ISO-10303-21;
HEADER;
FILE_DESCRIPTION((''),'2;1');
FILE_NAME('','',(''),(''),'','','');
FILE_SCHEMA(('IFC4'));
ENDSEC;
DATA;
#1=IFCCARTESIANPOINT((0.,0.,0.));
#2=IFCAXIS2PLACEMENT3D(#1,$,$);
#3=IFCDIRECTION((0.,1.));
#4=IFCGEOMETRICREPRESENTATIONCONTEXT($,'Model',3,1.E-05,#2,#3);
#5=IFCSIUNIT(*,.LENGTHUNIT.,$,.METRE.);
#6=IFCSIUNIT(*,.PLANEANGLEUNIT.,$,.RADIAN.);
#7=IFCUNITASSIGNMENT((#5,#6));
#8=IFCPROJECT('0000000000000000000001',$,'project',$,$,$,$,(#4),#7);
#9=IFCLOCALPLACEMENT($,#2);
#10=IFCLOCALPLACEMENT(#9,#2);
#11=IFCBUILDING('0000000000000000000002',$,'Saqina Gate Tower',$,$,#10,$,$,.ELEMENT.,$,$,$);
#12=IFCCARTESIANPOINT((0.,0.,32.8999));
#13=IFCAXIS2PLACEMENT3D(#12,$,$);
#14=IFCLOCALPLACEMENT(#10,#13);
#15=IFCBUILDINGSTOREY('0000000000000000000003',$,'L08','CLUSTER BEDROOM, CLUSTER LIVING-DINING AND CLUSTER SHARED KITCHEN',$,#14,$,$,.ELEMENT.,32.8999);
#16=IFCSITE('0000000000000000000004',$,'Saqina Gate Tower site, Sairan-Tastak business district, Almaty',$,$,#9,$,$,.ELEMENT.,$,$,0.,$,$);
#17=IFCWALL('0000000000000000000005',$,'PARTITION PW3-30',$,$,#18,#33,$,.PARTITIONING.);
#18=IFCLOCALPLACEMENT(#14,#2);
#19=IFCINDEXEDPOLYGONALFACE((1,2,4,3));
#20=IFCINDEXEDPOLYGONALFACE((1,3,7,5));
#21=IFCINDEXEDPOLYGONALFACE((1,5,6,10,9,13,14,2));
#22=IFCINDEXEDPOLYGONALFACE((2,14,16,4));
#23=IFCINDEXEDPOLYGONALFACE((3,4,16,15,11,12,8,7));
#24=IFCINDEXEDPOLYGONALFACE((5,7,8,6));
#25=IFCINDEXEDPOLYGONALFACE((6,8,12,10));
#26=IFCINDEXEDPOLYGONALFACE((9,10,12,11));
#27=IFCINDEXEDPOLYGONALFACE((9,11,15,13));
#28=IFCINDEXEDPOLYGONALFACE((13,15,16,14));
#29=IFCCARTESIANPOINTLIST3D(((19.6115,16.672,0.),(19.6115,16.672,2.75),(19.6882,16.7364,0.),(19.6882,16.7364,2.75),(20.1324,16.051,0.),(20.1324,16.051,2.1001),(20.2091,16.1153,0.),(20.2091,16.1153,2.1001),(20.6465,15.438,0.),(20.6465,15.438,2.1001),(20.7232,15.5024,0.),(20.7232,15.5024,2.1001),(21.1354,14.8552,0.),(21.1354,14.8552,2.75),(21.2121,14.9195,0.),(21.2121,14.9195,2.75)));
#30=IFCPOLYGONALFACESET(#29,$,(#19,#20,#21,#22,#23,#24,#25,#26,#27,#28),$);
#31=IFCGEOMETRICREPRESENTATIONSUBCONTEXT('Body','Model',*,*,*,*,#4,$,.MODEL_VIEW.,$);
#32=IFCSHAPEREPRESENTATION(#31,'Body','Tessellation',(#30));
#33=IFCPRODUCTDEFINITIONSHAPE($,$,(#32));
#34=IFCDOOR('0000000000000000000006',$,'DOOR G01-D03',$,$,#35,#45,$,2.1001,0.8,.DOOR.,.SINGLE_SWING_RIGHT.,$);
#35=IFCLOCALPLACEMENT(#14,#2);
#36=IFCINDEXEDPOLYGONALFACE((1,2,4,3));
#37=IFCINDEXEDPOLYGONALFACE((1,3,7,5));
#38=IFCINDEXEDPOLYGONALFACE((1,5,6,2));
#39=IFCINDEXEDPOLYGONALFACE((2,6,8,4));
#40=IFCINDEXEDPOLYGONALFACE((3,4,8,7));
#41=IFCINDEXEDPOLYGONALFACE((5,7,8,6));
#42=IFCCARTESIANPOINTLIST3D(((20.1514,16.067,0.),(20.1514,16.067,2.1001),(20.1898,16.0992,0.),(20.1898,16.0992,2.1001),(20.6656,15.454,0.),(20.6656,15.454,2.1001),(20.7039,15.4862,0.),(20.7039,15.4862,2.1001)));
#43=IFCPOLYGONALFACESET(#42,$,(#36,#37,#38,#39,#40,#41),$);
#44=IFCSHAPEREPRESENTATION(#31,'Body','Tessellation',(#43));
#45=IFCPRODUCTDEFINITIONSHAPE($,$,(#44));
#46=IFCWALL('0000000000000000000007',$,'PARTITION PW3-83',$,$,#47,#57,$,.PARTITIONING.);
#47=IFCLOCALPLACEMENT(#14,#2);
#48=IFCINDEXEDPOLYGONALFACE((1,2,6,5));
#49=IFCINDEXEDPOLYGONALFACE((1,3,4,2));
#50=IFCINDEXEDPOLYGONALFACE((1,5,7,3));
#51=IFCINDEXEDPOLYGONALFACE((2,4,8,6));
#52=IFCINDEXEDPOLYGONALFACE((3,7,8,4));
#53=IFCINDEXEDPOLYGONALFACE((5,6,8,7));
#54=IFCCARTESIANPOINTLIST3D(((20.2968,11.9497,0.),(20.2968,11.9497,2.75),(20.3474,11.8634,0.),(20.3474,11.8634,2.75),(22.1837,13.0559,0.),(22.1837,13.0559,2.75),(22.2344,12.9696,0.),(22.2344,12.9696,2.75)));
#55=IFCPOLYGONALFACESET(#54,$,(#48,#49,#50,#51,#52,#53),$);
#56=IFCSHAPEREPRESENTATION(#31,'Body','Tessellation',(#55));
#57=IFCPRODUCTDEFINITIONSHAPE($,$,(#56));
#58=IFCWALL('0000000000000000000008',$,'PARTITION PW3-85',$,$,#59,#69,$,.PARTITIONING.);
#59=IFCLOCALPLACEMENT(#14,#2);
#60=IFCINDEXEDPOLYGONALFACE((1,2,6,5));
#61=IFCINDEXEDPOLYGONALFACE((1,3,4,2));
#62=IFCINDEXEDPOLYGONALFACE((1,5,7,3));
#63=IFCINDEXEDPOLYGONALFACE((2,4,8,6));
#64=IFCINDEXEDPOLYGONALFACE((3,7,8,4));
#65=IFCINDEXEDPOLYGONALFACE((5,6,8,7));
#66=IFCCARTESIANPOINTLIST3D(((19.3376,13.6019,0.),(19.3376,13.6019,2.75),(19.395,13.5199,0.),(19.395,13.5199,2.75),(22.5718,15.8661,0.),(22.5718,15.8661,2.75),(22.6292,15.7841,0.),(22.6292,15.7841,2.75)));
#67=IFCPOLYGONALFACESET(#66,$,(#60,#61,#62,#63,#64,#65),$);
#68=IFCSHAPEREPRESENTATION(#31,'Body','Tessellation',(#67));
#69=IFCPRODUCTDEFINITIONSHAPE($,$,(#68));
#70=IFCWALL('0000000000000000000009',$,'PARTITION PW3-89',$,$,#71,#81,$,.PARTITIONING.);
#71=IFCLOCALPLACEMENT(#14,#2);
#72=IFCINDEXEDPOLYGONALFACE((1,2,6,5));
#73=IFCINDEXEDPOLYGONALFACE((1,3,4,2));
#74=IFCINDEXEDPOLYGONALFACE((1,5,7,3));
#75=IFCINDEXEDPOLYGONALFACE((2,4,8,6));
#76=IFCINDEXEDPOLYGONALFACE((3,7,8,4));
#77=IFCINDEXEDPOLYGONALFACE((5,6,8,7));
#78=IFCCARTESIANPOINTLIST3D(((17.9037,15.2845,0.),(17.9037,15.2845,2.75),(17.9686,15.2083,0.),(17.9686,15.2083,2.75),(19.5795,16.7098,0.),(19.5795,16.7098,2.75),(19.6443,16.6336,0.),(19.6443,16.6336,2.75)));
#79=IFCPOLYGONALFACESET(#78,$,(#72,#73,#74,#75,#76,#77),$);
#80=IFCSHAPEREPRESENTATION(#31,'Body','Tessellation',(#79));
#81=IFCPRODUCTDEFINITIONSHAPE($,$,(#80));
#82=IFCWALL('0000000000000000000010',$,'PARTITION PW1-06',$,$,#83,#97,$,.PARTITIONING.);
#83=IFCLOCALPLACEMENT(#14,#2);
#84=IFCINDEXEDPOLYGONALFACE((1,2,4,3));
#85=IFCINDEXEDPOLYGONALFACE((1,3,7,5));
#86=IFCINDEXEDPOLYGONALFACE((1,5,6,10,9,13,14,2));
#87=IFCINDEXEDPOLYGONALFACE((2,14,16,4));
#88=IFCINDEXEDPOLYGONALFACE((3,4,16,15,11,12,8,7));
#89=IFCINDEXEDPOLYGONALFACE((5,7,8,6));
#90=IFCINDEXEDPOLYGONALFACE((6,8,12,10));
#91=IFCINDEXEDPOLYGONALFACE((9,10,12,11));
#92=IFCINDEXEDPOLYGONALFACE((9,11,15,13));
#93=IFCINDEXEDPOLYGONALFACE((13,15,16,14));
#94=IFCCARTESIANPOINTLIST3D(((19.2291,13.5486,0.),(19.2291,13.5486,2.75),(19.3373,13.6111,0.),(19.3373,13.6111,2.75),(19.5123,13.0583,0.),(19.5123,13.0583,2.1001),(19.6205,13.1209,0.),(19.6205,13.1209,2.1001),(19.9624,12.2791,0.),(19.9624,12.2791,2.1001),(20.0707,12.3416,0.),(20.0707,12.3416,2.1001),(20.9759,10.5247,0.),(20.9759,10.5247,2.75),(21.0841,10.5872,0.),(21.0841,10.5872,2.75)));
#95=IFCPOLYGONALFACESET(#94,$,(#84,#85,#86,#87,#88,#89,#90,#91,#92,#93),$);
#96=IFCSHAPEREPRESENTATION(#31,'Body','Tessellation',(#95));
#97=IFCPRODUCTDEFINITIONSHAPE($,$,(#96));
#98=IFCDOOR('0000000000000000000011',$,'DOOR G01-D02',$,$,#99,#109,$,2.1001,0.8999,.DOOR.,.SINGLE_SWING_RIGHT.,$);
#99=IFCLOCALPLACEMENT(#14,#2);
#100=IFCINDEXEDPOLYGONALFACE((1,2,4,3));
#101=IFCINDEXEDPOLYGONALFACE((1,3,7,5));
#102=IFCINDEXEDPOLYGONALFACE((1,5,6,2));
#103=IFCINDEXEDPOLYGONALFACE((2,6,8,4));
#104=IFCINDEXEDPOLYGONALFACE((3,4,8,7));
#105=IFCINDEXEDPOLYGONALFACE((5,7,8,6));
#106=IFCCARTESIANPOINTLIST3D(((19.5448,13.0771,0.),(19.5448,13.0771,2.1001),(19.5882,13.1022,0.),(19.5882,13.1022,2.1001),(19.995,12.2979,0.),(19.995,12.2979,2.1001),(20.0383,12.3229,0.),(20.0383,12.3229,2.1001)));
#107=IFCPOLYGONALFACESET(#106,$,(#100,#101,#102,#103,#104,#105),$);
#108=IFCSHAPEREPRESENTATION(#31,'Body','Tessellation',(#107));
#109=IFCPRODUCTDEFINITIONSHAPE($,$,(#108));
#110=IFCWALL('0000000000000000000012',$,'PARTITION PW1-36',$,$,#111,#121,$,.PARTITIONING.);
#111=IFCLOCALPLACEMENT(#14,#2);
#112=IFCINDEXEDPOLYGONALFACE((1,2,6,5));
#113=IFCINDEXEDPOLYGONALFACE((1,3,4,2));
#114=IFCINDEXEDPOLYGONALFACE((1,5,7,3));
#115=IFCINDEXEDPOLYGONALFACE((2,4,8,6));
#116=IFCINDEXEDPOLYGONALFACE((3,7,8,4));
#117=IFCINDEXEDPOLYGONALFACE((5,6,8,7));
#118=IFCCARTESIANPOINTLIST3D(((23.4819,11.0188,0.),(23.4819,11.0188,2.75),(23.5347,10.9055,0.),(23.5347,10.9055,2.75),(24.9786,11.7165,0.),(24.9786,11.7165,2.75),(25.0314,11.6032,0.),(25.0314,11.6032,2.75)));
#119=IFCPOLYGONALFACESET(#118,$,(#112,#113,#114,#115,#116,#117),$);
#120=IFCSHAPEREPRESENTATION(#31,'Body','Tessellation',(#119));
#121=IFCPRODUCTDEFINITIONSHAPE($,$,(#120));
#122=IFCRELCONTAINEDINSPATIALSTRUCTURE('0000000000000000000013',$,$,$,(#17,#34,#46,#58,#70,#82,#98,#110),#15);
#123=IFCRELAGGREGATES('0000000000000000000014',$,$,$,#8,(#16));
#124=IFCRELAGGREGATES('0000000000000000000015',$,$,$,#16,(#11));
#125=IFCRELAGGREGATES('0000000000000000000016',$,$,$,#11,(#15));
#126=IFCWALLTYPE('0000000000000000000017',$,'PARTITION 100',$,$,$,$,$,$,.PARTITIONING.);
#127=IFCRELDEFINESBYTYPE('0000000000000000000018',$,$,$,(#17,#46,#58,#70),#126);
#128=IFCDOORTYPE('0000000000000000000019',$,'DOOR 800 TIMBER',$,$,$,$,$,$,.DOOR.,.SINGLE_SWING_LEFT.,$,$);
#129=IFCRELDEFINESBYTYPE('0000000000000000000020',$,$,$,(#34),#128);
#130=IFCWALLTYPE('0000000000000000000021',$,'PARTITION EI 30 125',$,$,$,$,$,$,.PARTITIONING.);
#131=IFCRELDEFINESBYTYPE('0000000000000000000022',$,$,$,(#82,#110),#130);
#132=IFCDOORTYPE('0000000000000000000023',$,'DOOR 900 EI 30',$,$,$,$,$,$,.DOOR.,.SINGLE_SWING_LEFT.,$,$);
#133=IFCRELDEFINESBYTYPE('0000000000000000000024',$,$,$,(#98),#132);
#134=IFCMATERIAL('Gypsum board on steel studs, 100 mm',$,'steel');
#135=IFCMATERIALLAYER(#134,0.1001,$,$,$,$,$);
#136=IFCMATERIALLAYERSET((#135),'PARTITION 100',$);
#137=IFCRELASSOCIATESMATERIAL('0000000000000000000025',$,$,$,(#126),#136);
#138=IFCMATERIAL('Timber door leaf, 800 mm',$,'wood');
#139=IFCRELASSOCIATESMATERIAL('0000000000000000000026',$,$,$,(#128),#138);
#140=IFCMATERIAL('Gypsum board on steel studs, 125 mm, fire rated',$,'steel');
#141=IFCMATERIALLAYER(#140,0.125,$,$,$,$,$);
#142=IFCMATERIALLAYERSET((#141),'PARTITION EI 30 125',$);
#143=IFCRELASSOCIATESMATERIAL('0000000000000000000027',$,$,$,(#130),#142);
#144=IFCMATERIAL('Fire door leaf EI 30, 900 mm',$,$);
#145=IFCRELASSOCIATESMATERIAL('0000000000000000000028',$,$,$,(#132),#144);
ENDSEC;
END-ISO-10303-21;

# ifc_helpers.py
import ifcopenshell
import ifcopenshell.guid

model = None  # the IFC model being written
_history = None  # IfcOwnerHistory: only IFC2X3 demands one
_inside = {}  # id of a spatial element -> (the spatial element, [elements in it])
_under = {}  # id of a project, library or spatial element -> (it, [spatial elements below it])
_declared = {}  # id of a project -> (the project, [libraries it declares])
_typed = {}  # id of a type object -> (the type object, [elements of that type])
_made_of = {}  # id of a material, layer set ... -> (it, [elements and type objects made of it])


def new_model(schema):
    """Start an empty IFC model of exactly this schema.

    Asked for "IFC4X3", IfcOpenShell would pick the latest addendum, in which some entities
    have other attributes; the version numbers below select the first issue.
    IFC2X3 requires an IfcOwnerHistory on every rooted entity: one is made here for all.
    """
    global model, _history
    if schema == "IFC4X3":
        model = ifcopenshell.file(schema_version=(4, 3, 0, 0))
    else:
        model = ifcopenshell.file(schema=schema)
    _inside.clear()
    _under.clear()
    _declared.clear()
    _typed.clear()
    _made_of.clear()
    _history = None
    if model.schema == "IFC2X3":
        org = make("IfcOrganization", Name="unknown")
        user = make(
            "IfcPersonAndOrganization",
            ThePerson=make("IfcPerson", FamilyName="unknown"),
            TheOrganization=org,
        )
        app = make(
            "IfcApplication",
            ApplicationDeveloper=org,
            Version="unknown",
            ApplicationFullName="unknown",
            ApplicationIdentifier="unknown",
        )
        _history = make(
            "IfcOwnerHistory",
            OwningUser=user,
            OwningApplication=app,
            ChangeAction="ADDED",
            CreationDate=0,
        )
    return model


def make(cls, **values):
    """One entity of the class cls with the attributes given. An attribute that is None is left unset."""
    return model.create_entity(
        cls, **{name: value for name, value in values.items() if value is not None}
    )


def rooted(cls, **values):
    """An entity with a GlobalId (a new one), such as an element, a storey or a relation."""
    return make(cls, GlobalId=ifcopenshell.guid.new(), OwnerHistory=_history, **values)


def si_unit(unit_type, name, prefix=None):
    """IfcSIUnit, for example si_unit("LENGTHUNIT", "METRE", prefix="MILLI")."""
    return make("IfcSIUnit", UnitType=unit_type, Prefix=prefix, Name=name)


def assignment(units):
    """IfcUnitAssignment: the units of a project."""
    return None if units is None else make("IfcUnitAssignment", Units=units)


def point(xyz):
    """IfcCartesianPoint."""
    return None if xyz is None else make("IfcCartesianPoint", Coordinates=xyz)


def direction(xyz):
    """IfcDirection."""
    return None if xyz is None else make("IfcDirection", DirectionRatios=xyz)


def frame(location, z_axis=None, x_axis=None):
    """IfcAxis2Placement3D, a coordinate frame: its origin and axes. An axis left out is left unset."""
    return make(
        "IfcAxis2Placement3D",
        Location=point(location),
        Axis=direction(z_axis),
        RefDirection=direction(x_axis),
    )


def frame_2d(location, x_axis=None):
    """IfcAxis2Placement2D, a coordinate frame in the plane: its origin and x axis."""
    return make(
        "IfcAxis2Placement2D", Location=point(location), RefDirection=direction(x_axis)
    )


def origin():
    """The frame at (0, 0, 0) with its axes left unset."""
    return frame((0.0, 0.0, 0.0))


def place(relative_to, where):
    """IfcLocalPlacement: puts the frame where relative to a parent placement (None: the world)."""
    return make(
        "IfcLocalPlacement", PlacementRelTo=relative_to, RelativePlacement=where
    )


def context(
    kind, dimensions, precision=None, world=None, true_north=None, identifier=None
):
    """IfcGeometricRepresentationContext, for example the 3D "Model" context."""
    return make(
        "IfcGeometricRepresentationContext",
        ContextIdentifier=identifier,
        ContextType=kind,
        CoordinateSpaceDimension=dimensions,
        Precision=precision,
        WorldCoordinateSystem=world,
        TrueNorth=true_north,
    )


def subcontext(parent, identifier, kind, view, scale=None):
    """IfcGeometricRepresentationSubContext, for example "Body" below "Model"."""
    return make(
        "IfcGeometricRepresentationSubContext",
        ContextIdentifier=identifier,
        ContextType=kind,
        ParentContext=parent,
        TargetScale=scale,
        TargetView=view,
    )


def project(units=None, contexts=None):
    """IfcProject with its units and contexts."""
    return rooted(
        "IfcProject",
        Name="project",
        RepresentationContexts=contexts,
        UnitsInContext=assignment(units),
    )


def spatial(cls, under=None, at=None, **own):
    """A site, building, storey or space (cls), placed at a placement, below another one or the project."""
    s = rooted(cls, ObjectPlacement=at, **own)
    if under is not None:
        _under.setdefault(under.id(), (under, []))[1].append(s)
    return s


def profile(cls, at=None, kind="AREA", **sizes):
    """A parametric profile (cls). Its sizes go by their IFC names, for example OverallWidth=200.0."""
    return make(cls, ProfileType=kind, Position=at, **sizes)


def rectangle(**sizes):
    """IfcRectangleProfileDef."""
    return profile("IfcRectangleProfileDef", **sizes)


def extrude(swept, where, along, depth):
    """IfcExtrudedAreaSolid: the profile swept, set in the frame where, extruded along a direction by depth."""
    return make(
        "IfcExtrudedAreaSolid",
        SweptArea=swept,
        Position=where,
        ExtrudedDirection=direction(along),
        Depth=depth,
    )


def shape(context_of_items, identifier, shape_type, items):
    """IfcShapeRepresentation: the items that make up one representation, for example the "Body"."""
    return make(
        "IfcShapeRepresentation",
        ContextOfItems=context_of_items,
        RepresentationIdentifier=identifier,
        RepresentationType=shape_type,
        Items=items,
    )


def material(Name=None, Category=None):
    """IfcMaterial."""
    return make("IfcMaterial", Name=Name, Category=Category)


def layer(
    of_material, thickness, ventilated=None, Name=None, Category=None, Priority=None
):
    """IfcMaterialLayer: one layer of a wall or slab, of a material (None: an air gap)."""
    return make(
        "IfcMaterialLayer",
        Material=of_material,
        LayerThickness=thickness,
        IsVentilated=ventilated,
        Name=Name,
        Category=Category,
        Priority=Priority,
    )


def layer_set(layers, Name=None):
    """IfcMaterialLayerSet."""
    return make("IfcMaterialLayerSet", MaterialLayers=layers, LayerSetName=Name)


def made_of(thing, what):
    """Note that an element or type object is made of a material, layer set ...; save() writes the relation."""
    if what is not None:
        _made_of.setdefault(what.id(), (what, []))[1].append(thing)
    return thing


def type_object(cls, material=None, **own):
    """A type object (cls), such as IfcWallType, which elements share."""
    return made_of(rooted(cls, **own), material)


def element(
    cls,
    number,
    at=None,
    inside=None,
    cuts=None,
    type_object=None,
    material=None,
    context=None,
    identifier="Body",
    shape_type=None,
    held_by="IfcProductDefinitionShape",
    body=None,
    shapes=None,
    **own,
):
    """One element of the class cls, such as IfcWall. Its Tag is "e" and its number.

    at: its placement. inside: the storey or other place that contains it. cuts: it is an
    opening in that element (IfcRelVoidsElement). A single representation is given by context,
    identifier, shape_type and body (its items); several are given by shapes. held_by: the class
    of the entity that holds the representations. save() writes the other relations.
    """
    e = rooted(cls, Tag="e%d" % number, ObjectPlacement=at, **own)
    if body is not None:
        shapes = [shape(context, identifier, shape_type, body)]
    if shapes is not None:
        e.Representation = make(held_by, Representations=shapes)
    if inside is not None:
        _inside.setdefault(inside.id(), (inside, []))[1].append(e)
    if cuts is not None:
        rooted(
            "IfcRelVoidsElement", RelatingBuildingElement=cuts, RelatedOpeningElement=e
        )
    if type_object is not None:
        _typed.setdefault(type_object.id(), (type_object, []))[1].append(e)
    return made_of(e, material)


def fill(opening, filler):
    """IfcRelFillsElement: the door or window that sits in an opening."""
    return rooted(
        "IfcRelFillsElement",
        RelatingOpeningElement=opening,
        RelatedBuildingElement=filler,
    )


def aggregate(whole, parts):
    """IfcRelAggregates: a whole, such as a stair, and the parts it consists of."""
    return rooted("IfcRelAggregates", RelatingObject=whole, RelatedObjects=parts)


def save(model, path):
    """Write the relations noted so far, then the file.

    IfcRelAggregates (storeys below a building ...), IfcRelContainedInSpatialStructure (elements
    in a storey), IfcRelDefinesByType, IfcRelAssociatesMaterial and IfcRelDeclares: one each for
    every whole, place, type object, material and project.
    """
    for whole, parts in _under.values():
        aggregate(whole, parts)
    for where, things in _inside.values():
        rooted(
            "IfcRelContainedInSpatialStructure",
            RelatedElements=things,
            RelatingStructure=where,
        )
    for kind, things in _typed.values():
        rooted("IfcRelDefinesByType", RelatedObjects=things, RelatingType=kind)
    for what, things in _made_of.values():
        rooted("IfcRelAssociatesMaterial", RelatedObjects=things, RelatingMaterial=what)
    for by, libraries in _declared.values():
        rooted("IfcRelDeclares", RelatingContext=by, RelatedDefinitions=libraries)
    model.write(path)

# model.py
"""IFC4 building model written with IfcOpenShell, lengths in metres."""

from ifc_helpers import new_model, si_unit, direction, frame, frame_2d, origin, place, context, subcontext, project, spatial, rectangle, extrude, material, layer, layer_set, type_object, element, fill, save


model = new_model("IFC4")

# Units and contexts
model_context = context("Model", 3, precision=1e-05, world=origin(), true_north=direction((0.0, 1.0)))
body_context = subcontext(model_context, "Body", "Model", "MODEL_VIEW")
ifc_project = project(units=[si_unit("LENGTHUNIT", "METRE"), si_unit("PLANEANGLEUNIT", "RADIAN")], contexts=[model_context])

# Site, building, storey
site_placement = place(None, origin())
site = spatial("IfcSite", under=ifc_project, at=site_placement, Name="Saqina Gate Tower site, Sairan-Tastak business district, Almaty", CompositionType="ELEMENT", RefElevation=0.0)
building_placement = place(site_placement, origin())
building = spatial("IfcBuilding", under=site, at=building_placement, Name="Saqina Gate Tower", CompositionType="ELEMENT")
storey_placement = place(building_placement, frame((0.0, 0.0, 32.8999)))
storey = spatial("IfcBuildingStorey", under=building, at=storey_placement, Name="L08", Description="CLUSTER BEDROOM, CLUSTER LIVING-DINING AND CLUSTER SHARED KITCHEN", CompositionType="ELEMENT", Elevation=32.8999)

# Shared definitions
ifc_material_1 = material(Name="Gypsum board on steel studs, 100 mm", Category="steel")
ifc_layer_1 = layer(ifc_material_1, 0.1001)
ifc_layer_set_1 = layer_set([ifc_layer_1], Name="PARTITION 100")
wall_type_1 = type_object("IfcWallType", Name="PARTITION 100", PredefinedType="PARTITIONING", material=ifc_layer_set_1)
ifc_material_2 = material(Name="Timber door leaf, 800 mm", Category="wood")
door_type_1 = type_object("IfcDoorType", Name="DOOR 800 TIMBER", OperationType="SINGLE_SWING_LEFT", PredefinedType="DOOR", material=ifc_material_2)

# Wall, opening, door
wall_1_placement = place(storey_placement, frame((19.6499, 16.7041, 0.0), z_axis=(0.0, 0.0, 1.0), x_axis=(0.642632, -0.766175, 0.0)))
wall_1 = element("IfcWall", 1, at=wall_1_placement, inside=storey, type_object=wall_type_1, Name="PARTITION PW3-30", PredefinedType="PARTITIONING", context=body_context, shape_type="SweptSolid", body=[
    extrude(rectangle(XDim=2.3713, YDim=0.1001, at=frame_2d((1.1855, 0.0))), origin(), (0.0, 0.0, 1.0), 2.75),
])
opening_1_placement = place(wall_1_placement, frame((0.8105, 0.0, 0.0)))
opening_1 = element("IfcOpeningElement", 2, at=opening_1_placement, cuts=wall_1, PredefinedType="OPENING", context=body_context, shape_type="SweptSolid", body=[
    extrude(rectangle(XDim=0.8, YDim=2.1001, at=frame_2d((0.3999, 1.05))), frame((0.0, 0.062, 0.0), z_axis=(0.0, -1.0, 0.0), x_axis=(1.0, 0.0, 0.0)), (0.0, 0.0, 1.0), 0.124),
])
door_1_placement = place(opening_1_placement, origin())
door_1 = element("IfcDoor", 3, at=door_1_placement, inside=storey, type_object=door_type_1, Name="DOOR G01-D03", OperationType="SINGLE_SWING_RIGHT", OverallHeight=2.1001, OverallWidth=0.8, PredefinedType="DOOR", context=body_context, shape_type="SweptSolid", body=[
    extrude(rectangle(XDim=0.8, YDim=2.1001, at=frame_2d((0.3999, 1.05))), frame((0.0, 0.0249, 0.0), z_axis=(0.0, -1.0, 0.0), x_axis=(1.0, 0.0, 0.0)), (0.0, 0.0, 1.0), 0.05),
])
fill(opening_1, door_1)

# Walls
wall_2_placement = place(storey_placement, frame((20.322, 11.9065, 0.0), z_axis=(0.0, 0.0, 1.0), x_axis=(0.862688, 0.505737, 0.0)))
element("IfcWall", 4, at=wall_2_placement, inside=storey, type_object=wall_type_1, Name="PARTITION PW3-83", PredefinedType="PARTITIONING", context=body_context, shape_type="SweptSolid", body=[
    extrude(rectangle(XDim=2.1873, YDim=0.1001, at=frame_2d((1.0938, 0.0))), origin(), (0.0, 0.0, 1.0), 2.75),
])
wall_3_placement = place(storey_placement, frame((19.3662, 13.5608, 0.0), z_axis=(0.0, 0.0, 1.0), x_axis=(0.8192, 0.573508, 0.0)))
element("IfcWall", 5, at=wall_3_placement, inside=storey, type_object=wall_type_1, Name="PARTITION PW3-85", PredefinedType="PARTITIONING", context=body_context, shape_type="SweptSolid", body=[
    extrude(rectangle(XDim=3.948, YDim=0.1001, at=frame_2d((1.9741, 0.0))), origin(), (0.0, 0.0, 1.0), 2.75),
])
wall_4_placement = place(storey_placement, frame((17.936, 15.2463, 0.0), z_axis=(0.0, 0.0, 1.0), x_axis=(0.761742, 0.64788, 0.0)))
element("IfcWall", 6, at=wall_4_placement, inside=storey, type_object=wall_type_1, Name="PARTITION PW3-89", PredefinedType="PARTITIONING", context=body_context, shape_type="SweptSolid", body=[
    extrude(rectangle(XDim=2.2, YDim=0.1001, at=frame_2d((1.1001, 0.0))), origin(), (0.0, 0.0, 1.0), 2.75),
])

# Wall, opening, door
ifc_material_3 = material(Name="Gypsum board on steel studs, 125 mm, fire rated", Category="steel")
ifc_layer_2 = layer(ifc_material_3, 0.125)
ifc_layer_set_2 = layer_set([ifc_layer_2], Name="PARTITION EI 30 125")
wall_type_2 = type_object("IfcWallType", Name="PARTITION EI 30 125", PredefinedType="PARTITIONING", material=ifc_layer_set_2)
wall_5_placement = place(storey_placement, frame((19.2832, 13.5798, 0.0), z_axis=(0.0, 0.0, 1.0), x_axis=(0.500207, -0.865906, 0.0)))
wall_5 = element("IfcWall", 7, at=wall_5_placement, inside=storey, type_object=wall_type_2, Name="PARTITION PW1-06", PredefinedType="PARTITIONING", context=body_context, shape_type="SweptSolid", body=[
    extrude(rectangle(XDim=3.4922, YDim=0.125, at=frame_2d((1.7461, 0.0))), origin(), (0.0, 0.0, 1.0), 2.75),
])
opening_2_placement = place(wall_5_placement, frame((0.5662, 0.0, 0.0)))
opening_2 = element("IfcOpeningElement", 8, at=opening_2_placement, cuts=wall_5, PredefinedType="OPENING", context=body_context, shape_type="SweptSolid", body=[
    extrude(rectangle(XDim=0.8999, YDim=2.1001, at=frame_2d((0.45, 1.05))), frame((0.0, 0.0745, 0.0), z_axis=(0.0, -1.0, 0.0), x_axis=(1.0, 0.0, 0.0)), (0.0, 0.0, 1.0), 0.1489),
])
ifc_material_4 = material(Name="Fire door leaf EI 30, 900 mm")
door_type_2 = type_object("IfcDoorType", Name="DOOR 900 EI 30", OperationType="SINGLE_SWING_LEFT", PredefinedType="DOOR", material=ifc_material_4)
door_2_placement = place(opening_2_placement, frame((0.8999, 0.0, 0.0), z_axis=(0.0, 0.0, 1.0), x_axis=(-1.0, 0.0, 0.0)))
door_2 = element("IfcDoor", 9, at=door_2_placement, inside=storey, type_object=door_type_2, Name="DOOR G01-D02", OperationType="SINGLE_SWING_RIGHT", OverallHeight=2.1001, OverallWidth=0.8999, PredefinedType="DOOR", context=body_context, shape_type="SweptSolid", body=[
    extrude(rectangle(XDim=0.8999, YDim=2.1001, at=frame_2d((0.45, 1.05))), frame((0.0, 0.0249, 0.0), z_axis=(0.0, -1.0, 0.0), x_axis=(1.0, 0.0, 0.0)), (0.0, 0.0, 1.0), 0.05),
])
fill(opening_2, door_2)

# Wall
wall_6_placement = place(storey_placement, frame((23.5083, 10.9622, 0.0), z_axis=(0.0, 0.0, 1.0), x_axis=(0.906361, 0.422505, 0.0)))
element("IfcWall", 10, at=wall_6_placement, inside=storey, type_object=wall_type_2, Name="PARTITION PW1-36", PredefinedType="PARTITIONING", context=body_context, shape_type="SweptSolid", body=[
    extrude(rectangle(XDim=1.6514, YDim=0.125, at=frame_2d((0.8257, 0.0))), origin(), (0.0, 0.0, 1.0), 2.75),
])

save(model, "model.ifc")
